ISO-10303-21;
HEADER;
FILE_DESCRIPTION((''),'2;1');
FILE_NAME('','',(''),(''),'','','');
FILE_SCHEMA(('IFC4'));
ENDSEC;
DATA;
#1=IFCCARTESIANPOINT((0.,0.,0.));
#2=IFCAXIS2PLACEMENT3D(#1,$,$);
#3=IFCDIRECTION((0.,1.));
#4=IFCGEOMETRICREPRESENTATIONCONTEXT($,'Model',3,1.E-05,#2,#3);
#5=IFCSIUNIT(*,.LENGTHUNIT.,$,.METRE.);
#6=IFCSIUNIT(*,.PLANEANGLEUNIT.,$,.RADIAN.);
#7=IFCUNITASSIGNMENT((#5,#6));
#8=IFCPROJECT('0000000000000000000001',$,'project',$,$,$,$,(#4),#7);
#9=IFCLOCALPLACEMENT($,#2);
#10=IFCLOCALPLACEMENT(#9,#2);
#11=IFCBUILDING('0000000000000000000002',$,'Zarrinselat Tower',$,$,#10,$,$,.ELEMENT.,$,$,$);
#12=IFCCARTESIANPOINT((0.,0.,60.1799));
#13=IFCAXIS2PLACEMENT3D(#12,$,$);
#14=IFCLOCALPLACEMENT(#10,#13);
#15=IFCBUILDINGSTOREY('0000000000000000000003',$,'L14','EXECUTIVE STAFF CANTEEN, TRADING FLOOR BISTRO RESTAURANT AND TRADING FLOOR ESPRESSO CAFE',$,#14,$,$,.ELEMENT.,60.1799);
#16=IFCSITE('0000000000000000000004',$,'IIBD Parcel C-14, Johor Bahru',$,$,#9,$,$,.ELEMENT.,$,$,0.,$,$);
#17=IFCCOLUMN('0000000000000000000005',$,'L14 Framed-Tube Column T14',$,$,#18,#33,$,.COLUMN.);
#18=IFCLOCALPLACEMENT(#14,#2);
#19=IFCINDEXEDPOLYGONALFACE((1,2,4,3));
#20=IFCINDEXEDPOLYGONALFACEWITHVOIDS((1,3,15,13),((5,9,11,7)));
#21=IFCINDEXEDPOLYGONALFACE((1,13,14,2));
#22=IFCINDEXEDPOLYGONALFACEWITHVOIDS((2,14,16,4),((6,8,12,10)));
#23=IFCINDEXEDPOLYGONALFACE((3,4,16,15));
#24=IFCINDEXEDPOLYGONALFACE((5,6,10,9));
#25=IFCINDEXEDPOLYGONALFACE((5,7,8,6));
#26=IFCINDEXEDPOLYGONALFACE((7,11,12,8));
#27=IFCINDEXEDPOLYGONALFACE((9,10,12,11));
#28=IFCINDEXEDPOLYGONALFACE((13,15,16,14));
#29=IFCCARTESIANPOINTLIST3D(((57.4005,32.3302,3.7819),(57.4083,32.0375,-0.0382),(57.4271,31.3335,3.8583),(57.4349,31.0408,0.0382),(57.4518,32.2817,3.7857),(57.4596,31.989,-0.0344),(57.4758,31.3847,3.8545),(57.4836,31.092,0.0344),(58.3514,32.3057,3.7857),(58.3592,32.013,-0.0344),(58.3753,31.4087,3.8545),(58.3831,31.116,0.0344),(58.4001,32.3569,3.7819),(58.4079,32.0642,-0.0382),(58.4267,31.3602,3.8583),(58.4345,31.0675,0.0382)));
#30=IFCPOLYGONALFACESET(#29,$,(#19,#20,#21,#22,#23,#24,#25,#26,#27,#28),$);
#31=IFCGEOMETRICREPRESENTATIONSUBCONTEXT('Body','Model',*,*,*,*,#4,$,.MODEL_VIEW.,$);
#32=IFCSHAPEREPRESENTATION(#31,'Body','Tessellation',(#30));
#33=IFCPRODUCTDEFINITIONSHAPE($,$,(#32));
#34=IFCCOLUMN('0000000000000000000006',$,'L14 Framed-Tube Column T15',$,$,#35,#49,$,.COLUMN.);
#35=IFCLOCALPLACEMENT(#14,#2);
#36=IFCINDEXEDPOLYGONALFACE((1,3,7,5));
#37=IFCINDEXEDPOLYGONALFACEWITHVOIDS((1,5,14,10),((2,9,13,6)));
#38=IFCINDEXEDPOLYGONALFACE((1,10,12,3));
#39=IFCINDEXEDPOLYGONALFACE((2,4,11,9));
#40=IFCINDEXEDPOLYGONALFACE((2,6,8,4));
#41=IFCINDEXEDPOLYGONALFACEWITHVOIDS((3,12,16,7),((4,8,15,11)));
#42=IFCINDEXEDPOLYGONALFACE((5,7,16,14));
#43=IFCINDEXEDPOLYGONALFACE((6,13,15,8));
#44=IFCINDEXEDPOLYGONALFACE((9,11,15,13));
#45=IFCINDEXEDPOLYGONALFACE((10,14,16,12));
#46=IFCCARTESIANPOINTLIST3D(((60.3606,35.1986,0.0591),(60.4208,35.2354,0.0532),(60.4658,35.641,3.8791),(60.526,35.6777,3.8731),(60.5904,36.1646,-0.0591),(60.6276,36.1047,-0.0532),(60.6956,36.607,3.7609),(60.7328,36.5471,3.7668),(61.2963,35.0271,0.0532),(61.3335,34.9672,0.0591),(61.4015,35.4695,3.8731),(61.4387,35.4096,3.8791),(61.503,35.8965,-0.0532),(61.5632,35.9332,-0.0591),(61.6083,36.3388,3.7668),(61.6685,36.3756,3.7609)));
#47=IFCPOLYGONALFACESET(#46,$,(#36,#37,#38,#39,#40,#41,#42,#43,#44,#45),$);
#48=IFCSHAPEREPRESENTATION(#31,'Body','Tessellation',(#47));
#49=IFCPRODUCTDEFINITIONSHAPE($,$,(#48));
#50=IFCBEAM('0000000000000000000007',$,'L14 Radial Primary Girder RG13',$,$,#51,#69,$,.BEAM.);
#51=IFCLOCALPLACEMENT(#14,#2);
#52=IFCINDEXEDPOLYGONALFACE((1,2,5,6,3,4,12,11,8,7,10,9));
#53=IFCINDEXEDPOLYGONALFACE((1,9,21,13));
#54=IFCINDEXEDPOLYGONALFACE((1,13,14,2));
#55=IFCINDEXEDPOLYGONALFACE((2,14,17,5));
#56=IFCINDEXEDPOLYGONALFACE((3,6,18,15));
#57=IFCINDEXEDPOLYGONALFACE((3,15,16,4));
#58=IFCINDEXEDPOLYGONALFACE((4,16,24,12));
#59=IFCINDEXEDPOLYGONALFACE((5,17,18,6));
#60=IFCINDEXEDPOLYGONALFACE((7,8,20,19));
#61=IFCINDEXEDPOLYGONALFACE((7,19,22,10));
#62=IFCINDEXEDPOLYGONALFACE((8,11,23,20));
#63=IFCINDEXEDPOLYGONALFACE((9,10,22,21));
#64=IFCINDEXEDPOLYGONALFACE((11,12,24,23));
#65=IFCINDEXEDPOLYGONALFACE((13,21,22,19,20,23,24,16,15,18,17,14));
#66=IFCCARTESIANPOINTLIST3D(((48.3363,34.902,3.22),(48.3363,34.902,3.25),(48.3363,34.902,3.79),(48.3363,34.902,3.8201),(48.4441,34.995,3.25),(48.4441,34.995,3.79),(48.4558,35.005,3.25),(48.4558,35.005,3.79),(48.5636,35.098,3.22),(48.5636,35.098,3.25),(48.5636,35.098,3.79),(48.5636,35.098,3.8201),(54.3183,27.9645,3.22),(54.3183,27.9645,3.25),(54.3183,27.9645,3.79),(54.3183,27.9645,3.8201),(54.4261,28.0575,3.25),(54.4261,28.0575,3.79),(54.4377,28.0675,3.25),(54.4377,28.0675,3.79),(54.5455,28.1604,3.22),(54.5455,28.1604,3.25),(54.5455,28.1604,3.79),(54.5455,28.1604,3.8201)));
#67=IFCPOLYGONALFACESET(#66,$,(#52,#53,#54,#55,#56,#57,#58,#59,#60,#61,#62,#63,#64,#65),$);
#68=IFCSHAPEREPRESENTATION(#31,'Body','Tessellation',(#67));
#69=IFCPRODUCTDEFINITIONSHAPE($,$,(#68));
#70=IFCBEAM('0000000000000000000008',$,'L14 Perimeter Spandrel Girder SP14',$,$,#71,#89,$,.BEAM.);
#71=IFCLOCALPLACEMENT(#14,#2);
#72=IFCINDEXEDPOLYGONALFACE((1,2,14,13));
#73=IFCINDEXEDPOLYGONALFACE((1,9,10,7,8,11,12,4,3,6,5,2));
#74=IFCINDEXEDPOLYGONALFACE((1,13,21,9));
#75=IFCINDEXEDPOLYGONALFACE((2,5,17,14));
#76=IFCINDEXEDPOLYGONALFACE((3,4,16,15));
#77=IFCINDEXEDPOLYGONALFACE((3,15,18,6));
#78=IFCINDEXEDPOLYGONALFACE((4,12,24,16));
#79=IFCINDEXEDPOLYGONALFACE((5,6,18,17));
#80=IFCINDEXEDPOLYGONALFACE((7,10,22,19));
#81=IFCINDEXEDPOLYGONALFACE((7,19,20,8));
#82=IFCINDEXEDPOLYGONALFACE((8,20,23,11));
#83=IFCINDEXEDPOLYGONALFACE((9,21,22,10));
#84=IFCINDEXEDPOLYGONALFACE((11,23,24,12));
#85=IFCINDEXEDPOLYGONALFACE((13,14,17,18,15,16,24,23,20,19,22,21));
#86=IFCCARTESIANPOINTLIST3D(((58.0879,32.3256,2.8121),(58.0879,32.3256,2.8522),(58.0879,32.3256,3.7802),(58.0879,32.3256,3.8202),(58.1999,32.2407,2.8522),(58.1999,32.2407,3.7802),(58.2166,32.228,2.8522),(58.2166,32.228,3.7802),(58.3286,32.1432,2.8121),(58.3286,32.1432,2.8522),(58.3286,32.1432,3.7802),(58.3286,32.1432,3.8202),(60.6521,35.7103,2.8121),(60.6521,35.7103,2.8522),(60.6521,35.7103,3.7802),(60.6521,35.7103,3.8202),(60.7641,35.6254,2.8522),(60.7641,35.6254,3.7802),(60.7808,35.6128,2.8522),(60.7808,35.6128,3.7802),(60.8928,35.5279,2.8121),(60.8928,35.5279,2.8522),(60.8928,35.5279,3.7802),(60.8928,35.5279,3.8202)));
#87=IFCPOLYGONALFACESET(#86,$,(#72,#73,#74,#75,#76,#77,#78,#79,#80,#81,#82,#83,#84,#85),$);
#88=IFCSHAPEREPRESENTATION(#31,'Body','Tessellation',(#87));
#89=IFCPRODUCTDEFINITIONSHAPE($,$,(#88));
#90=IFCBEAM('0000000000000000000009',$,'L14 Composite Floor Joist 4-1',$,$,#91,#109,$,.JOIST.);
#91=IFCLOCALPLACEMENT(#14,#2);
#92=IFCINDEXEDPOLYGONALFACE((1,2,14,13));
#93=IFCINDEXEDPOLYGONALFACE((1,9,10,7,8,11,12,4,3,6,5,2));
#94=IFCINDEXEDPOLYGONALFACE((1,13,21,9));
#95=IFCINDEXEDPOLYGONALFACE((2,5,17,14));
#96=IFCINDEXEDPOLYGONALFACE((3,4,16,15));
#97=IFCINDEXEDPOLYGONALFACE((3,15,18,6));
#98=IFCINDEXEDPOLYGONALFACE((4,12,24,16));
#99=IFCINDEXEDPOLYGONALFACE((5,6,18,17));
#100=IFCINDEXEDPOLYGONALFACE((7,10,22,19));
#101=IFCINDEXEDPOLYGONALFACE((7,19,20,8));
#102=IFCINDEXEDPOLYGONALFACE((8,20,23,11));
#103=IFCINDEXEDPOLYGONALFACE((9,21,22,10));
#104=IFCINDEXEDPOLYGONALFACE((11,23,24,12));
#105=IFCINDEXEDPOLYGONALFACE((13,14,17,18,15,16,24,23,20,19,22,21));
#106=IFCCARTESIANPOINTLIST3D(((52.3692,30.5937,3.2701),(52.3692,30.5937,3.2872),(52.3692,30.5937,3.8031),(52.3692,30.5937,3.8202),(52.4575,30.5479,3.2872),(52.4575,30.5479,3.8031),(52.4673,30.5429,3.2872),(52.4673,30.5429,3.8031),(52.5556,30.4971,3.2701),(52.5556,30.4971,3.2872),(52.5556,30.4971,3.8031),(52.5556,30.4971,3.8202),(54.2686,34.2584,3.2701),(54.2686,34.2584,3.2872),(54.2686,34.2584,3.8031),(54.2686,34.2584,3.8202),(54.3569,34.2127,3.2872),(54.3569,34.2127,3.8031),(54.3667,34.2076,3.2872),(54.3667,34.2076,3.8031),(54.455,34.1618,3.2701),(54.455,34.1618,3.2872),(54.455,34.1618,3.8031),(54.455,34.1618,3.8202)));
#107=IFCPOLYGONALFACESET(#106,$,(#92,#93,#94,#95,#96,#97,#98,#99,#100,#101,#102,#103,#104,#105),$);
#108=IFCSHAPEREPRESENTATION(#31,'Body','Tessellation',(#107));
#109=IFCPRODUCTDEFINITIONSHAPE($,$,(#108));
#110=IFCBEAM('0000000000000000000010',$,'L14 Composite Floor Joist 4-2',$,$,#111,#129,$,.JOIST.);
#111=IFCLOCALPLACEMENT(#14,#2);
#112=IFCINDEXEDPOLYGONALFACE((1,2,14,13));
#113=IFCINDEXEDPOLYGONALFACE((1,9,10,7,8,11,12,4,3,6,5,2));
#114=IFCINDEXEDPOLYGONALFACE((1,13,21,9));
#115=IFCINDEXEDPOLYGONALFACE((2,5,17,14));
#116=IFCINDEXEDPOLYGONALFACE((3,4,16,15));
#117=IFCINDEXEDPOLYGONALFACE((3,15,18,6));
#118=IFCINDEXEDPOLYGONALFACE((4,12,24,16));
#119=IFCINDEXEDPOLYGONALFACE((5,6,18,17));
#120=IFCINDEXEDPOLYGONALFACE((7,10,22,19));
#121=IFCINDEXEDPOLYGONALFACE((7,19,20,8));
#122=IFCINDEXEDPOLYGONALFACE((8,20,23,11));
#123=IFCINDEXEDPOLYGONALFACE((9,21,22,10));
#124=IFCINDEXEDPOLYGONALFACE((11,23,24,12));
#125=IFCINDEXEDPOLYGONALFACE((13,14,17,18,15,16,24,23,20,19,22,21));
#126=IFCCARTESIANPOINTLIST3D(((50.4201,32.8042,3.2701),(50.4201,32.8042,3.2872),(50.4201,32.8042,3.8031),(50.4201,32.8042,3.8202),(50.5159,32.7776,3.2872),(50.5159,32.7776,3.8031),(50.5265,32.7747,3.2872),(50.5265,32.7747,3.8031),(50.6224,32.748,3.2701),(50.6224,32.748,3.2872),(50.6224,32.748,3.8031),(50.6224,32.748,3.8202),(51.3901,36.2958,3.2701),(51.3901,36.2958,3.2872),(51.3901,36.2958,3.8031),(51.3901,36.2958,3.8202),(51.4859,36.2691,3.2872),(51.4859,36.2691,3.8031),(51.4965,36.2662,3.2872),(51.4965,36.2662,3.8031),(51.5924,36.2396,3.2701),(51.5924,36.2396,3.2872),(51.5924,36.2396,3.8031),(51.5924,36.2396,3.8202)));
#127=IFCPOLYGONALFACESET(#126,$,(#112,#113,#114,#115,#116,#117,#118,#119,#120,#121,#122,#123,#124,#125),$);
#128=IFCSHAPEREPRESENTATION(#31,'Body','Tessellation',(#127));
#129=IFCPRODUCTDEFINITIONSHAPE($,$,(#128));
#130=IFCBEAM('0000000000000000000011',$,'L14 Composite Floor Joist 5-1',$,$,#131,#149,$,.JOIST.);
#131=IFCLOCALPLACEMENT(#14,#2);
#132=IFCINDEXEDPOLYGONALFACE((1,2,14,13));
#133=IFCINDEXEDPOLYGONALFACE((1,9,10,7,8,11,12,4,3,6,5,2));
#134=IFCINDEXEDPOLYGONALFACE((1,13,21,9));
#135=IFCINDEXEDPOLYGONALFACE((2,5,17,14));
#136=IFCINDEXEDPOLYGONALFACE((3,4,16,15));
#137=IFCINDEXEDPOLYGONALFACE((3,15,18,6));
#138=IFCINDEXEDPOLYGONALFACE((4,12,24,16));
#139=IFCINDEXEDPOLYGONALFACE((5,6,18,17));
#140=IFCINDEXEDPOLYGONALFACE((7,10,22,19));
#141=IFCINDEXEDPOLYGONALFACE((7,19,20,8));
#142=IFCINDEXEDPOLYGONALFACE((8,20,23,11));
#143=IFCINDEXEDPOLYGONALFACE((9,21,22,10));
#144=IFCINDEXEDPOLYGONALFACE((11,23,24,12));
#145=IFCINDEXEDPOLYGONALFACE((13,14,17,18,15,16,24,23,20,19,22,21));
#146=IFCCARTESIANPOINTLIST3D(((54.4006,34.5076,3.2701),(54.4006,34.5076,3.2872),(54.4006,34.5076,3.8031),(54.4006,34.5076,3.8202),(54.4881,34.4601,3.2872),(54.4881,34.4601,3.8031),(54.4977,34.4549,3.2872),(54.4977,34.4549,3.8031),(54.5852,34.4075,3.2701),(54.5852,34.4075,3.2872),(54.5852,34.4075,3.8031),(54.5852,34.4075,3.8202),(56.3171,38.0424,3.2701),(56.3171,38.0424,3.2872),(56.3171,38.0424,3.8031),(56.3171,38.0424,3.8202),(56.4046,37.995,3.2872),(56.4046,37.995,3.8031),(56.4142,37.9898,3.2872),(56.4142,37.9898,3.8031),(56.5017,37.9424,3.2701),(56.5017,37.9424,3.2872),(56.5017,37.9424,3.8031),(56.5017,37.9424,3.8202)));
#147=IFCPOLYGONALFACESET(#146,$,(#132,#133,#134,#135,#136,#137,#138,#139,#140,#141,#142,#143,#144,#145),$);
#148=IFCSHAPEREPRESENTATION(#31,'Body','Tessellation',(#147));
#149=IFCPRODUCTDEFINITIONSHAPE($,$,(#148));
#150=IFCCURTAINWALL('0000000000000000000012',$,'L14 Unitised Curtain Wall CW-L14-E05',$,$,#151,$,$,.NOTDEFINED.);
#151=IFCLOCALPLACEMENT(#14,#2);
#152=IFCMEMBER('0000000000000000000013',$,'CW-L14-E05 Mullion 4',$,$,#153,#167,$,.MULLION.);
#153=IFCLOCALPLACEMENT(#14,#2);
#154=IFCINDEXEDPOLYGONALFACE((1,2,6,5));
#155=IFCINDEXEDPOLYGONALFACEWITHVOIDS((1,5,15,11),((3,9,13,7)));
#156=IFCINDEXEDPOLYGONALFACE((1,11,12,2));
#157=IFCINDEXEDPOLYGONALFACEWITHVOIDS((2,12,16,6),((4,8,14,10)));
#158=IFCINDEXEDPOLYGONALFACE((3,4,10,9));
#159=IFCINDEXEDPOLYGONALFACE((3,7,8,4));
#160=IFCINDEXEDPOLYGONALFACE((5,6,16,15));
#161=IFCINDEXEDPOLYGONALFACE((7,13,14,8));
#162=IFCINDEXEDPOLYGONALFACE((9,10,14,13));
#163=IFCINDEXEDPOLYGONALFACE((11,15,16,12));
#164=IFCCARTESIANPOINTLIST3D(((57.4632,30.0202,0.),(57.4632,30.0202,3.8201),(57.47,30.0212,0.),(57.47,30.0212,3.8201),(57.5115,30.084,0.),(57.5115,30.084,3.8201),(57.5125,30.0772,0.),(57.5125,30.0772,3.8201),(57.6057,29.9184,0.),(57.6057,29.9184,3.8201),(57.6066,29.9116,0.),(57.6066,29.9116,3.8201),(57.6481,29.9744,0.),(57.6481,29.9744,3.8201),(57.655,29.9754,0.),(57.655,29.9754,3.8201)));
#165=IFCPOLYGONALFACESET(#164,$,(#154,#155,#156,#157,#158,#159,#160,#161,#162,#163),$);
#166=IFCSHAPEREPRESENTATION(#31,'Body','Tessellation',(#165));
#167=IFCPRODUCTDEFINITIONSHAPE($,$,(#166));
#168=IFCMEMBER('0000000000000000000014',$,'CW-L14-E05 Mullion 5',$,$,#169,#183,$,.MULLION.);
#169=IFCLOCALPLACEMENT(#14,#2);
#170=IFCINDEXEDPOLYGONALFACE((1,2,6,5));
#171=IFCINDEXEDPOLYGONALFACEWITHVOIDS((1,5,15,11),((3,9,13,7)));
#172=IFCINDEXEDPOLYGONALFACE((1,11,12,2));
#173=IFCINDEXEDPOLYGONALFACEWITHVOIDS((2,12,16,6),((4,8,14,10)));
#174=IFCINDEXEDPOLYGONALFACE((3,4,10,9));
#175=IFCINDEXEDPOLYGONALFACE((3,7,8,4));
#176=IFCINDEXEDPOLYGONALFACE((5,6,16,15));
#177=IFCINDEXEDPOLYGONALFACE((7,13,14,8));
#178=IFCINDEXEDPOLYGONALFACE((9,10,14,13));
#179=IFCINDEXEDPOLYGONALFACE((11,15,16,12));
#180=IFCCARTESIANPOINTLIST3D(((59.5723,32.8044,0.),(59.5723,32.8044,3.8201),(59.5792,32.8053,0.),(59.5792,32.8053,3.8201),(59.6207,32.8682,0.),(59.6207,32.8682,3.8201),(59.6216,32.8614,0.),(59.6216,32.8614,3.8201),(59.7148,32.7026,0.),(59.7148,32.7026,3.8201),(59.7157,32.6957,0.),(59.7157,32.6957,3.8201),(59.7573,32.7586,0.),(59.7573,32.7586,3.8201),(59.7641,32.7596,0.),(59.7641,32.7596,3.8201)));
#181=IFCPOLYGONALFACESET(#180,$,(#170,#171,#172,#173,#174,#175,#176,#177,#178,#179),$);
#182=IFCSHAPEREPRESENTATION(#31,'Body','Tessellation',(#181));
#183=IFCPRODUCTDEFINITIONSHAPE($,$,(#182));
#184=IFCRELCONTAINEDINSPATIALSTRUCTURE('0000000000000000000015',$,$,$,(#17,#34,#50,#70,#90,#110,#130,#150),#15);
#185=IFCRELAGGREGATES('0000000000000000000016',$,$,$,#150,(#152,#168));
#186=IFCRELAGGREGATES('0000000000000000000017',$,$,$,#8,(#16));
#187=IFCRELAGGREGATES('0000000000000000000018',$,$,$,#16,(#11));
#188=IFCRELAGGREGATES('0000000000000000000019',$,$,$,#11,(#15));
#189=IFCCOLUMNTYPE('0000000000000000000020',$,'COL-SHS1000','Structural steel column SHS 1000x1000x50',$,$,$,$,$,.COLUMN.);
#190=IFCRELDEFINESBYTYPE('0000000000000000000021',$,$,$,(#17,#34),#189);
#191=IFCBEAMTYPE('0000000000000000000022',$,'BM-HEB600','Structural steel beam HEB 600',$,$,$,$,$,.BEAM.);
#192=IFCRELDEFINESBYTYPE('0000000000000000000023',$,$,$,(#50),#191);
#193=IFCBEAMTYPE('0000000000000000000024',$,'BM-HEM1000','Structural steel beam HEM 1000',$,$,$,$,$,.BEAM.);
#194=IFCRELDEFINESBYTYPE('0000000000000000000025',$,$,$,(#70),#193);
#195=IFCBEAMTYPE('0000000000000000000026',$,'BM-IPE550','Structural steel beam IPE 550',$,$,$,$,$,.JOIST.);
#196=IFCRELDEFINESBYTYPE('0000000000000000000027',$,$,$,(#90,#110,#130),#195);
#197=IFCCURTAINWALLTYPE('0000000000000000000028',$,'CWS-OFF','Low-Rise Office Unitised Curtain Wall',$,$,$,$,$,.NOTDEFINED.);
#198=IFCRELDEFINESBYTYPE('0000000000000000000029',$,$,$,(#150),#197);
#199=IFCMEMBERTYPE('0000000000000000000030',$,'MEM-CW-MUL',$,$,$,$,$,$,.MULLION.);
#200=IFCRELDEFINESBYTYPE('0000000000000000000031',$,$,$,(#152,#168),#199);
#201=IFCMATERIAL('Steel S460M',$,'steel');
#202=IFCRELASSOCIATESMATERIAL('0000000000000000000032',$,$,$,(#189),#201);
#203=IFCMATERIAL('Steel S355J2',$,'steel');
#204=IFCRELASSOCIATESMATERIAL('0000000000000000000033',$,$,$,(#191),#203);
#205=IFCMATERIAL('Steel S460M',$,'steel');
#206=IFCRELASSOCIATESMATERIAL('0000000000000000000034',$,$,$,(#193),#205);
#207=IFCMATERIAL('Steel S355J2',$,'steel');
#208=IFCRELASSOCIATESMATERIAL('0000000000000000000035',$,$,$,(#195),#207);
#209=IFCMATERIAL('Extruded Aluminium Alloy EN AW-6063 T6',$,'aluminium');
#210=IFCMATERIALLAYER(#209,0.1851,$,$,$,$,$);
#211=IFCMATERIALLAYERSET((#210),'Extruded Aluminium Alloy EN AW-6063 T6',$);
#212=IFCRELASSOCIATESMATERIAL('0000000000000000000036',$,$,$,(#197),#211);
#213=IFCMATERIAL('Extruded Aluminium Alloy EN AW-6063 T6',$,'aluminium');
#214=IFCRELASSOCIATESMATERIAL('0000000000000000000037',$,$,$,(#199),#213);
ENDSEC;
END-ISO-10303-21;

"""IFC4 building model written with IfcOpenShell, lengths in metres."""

from ifc_helpers import new_model, si_unit, direction, frame, origin, origin_2d, place, context, subcontext, project, spatial, hollow_rectangle, i_section, extrude, material, layer, layer_set, material_profile, profile_set, type_object, element, aggregate, save


model = new_model("IFC4")

# Units and contexts
model_context = context("Model", 3, precision=1e-05, world=origin(), true_north=direction((0.0, 1.0)))
body_context = subcontext(model_context, "Body", "Model", "MODEL_VIEW")
ifc_project = project(units=[si_unit("LENGTHUNIT", "METRE"), si_unit("PLANEANGLEUNIT", "RADIAN")], contexts=[model_context])

# Site, building, storey
site_placement = place(None, origin())
site = spatial("IfcSite", under=ifc_project, at=site_placement, Name="IIBD Parcel C-14, Johor Bahru", CompositionType="ELEMENT", RefElevation=0.0)
building_placement = place(site_placement, origin())
building = spatial("IfcBuilding", under=site, at=building_placement, Name="Zarrinselat Tower", CompositionType="ELEMENT")
storey_placement = place(building_placement, frame((0.0, 0.0, 60.1799)))
storey = spatial("IfcBuildingStorey", under=building, at=storey_placement, Name="L14", Description="EXECUTIVE STAFF CANTEEN, TRADING FLOOR BISTRO RESTAURANT AND TRADING FLOOR ESPRESSO CAFE", CompositionType="ELEMENT", Elevation=60.1799)

# Columns
ifc_material_1 = material(Name="Steel S460M", Category="steel")
ifc_material_profile_1 = material_profile(ifc_material_1, hollow_rectangle(XDim=1.0, YDim=1.0, WallThickness=0.05, at=origin_2d()), Name="SHS 1000x1000x50")
ifc_profile_set_1 = profile_set([ifc_material_profile_1], Name="Steel S460M")
column_type = type_object("IfcColumnType", Name="COL-SHS1000", Description="Structural steel column SHS 1000x1000x50", PredefinedType="COLUMN", material=ifc_profile_set_1)
column_1_placement = place(storey_placement, frame((57.9214, 31.5525, 0.0), z_axis=(-0.002039, 0.076404, 0.997075), x_axis=(-0.999644, -0.026679, 0.0)))
element("IfcColumn", 1, at=column_1_placement, inside=storey, type_object=column_type, Name="L14 Framed-Tube Column T14", PredefinedType="COLUMN", context=body_context, shape_type="SweptSolid", body=[
    extrude(hollow_rectangle(XDim=1.0, YDim=1.0, WallThickness=0.05, at=origin_2d()), origin(), (0.0, 0.0, 1.0), 3.8313),
])
column_2_placement = place(storey_placement, frame((60.9619, 35.5659, 0.0), z_axis=(0.027352, 0.114993, 0.99299), x_axis=(-0.972858, 0.231403, 0.0)))
element("IfcColumn", 2, at=column_2_placement, inside=storey, type_object=column_type, Name="L14 Framed-Tube Column T15", PredefinedType="COLUMN", context=body_context, shape_type="SweptSolid", body=[
    extrude(hollow_rectangle(XDim=1.0, YDim=1.0, WallThickness=0.05, at=origin_2d()), origin(), (0.0, 0.0, 1.0), 3.8469),
])

# Beams
ifc_material_2 = material(Name="Steel S355J2", Category="steel")
ifc_material_profile_2 = material_profile(ifc_material_2, i_section(OverallWidth=0.3, OverallDepth=0.6001, WebThickness=0.0154, FlangeThickness=0.03, at=origin_2d()), Name="HEB 600")
ifc_profile_set_2 = profile_set([ifc_material_profile_2], Name="Steel S355J2")
beam_type_1 = type_object("IfcBeamType", Name="BM-HEB600", Description="Structural steel beam HEB 600", PredefinedType="BEAM", material=ifc_profile_set_2)
beam_1_placement = place(storey_placement, frame((48.45, 35.0, 3.52), z_axis=(0.653023, -0.757338, 0.0), x_axis=(0.757338, 0.653023, 0.0)))
element("IfcBeam", 3, at=beam_1_placement, inside=storey, type_object=beam_type_1, Name="L14 Radial Primary Girder RG13", PredefinedType="BEAM", context=body_context, shape_type="SweptSolid", body=[
    extrude(i_section(OverallWidth=0.3, OverallDepth=0.6001, WebThickness=0.0154, FlangeThickness=0.03, at=origin_2d()), origin(), (0.0, 0.0, 1.0), 9.1604),
])
ifc_material_3 = material(Name="Steel S460M", Category="steel")
ifc_material_profile_3 = material_profile(ifc_material_3, i_section(OverallWidth=0.302, OverallDepth=1.0081, WebThickness=0.021, FlangeThickness=0.04, at=origin_2d()), Name="HEM 1000")
ifc_profile_set_3 = profile_set([ifc_material_profile_3], Name="Steel S460M")
beam_type_2 = type_object("IfcBeamType", Name="BM-HEM1000", Description="Structural steel beam HEM 1000", PredefinedType="BEAM", material=ifc_profile_set_3)
beam_2_placement = place(storey_placement, frame((58.2083, 32.2344, 3.3162), z_axis=(0.603857, 0.797093, 0.0), x_axis=(-0.797093, 0.603857, 0.0)))
element("IfcBeam", 4, at=beam_2_placement, inside=storey, type_object=beam_type_2, Name="L14 Perimeter Spandrel Girder SP14", PredefinedType="BEAM", context=body_context, shape_type="SweptSolid", body=[
    extrude(i_section(OverallWidth=0.302, OverallDepth=1.0081, WebThickness=0.021, FlangeThickness=0.04, at=origin_2d()), origin(), (0.0, 0.0, 1.0), 4.2463),
])
ifc_material_4 = material(Name="Steel S355J2", Category="steel")
ifc_material_profile_4 = material_profile(ifc_material_4, i_section(OverallWidth=0.21, OverallDepth=0.55, WebThickness=0.011, FlangeThickness=0.0171, at=origin_2d()), Name="IPE 550")
ifc_profile_set_4 = profile_set([ifc_material_profile_4], Name="Steel S355J2")
beam_type_3 = type_object("IfcBeamType", Name="BM-IPE550", Description="Structural steel beam IPE 550", PredefinedType="JOIST", material=ifc_profile_set_4)
beam_3_placement = place(storey_placement, frame((52.4624, 30.5454, 3.5452), z_axis=(0.460155, 0.887839, 0.0), x_axis=(-0.887839, 0.460155, 0.0)))
element("IfcBeam", 5, at=beam_3_placement, inside=storey, type_object=beam_type_3, Name="L14 Composite Floor Joist 4-1", PredefinedType="JOIST", context=body_context, shape_type="SweptSolid", body=[
    extrude(i_section(OverallWidth=0.21, OverallDepth=0.55, WebThickness=0.011, FlangeThickness=0.0171, at=origin_2d()), origin(), (0.0, 0.0, 1.0), 4.1277),
])
beam_4_placement = place(storey_placement, frame((50.5212, 32.7761, 3.5452), z_axis=(0.267675, 0.963509, 0.0), x_axis=(-0.963509, 0.267675, 0.0)))
element("IfcBeam", 6, at=beam_4_placement, inside=storey, type_object=beam_type_3, Name="L14 Composite Floor Joist 4-2", PredefinedType="JOIST", context=body_context, shape_type="SweptSolid", body=[
    extrude(i_section(OverallWidth=0.21, OverallDepth=0.55, WebThickness=0.011, FlangeThickness=0.0171, at=origin_2d()), origin(), (0.0, 0.0, 1.0), 3.6238),
])
beam_5_placement = place(storey_placement, frame((54.4929, 34.4575, 3.5452), z_axis=(0.476621, 0.879109, 0.0), x_axis=(-0.879109, 0.476621, 0.0)))
element("IfcBeam", 7, at=beam_5_placement, inside=storey, type_object=beam_type_3, Name="L14 Composite Floor Joist 5-1", PredefinedType="JOIST", context=body_context, shape_type="SweptSolid", body=[
    extrude(i_section(OverallWidth=0.21, OverallDepth=0.55, WebThickness=0.011, FlangeThickness=0.0171, at=origin_2d()), origin(), (0.0, 0.0, 1.0), 4.021),
])

# Curtain wall, members
ifc_material_5 = material(Name="Extruded Aluminium Alloy EN AW-6063 T6", Category="aluminium")
ifc_layer_1 = layer(ifc_material_5, 0.1851)
ifc_layer_set_1 = layer_set([ifc_layer_1], Name="Extruded Aluminium Alloy EN AW-6063 T6")
curtain_wall_type = type_object("IfcCurtainWallType", Name="CWS-OFF", Description="Low-Rise Office Unitised Curtain Wall", PredefinedType="NOTDEFINED", material=ifc_layer_set_1)
curtain_wall_1_placement = place(storey_placement, origin())
curtain_wall_1 = element("IfcCurtainWall", 8, at=curtain_wall_1_placement, inside=storey, type_object=curtain_wall_type, Name="L14 Unitised Curtain Wall CW-L14-E05", PredefinedType="NOTDEFINED")
ifc_material_6 = material(Name="Extruded Aluminium Alloy EN AW-6063 T6", Category="aluminium")
ifc_material_profile_5 = material_profile(ifc_material_6, hollow_rectangle(XDim=0.0801, YDim=0.1799, WallThickness=0.0049, at=origin_2d()), Name="RHS 180x80x5")
ifc_profile_set_5 = profile_set([ifc_material_profile_5], Name="Extruded Aluminium Alloy EN AW-6063 T6")
member_type_1 = type_object("IfcMemberType", Name="MEM-CW-MUL", PredefinedType="MULLION", material=ifc_profile_set_5)
member_1_placement = place(storey_placement, frame((57.5591, 29.9978, 0.0), z_axis=(0.0, 0.0, 1.0), x_axis=(0.603861, 0.79709, 0.0)))
member_1 = element("IfcMember", 9, at=member_1_placement, type_object=member_type_1, Name="CW-L14-E05 Mullion 4", PredefinedType="MULLION", context=body_context, shape_type="SweptSolid", body=[
    extrude(hollow_rectangle(XDim=0.0801, YDim=0.1799, WallThickness=0.0049, at=origin_2d()), origin(), (0.0, 0.0, 1.0), 3.8201),
])
member_2_placement = place(storey_placement, frame((59.6682, 32.782, 0.0), z_axis=(0.0, 0.0, 1.0), x_axis=(0.603861, 0.79709, 0.0)))
member_2 = element("IfcMember", 10, at=member_2_placement, type_object=member_type_1, Name="CW-L14-E05 Mullion 5", PredefinedType="MULLION", context=body_context, shape_type="SweptSolid", body=[
    extrude(hollow_rectangle(XDim=0.0801, YDim=0.1799, WallThickness=0.0049, at=origin_2d()), origin(), (0.0, 0.0, 1.0), 3.8201),
])

aggregate(curtain_wall_1, [member_1, member_2])

save(model, "model.ifc")
